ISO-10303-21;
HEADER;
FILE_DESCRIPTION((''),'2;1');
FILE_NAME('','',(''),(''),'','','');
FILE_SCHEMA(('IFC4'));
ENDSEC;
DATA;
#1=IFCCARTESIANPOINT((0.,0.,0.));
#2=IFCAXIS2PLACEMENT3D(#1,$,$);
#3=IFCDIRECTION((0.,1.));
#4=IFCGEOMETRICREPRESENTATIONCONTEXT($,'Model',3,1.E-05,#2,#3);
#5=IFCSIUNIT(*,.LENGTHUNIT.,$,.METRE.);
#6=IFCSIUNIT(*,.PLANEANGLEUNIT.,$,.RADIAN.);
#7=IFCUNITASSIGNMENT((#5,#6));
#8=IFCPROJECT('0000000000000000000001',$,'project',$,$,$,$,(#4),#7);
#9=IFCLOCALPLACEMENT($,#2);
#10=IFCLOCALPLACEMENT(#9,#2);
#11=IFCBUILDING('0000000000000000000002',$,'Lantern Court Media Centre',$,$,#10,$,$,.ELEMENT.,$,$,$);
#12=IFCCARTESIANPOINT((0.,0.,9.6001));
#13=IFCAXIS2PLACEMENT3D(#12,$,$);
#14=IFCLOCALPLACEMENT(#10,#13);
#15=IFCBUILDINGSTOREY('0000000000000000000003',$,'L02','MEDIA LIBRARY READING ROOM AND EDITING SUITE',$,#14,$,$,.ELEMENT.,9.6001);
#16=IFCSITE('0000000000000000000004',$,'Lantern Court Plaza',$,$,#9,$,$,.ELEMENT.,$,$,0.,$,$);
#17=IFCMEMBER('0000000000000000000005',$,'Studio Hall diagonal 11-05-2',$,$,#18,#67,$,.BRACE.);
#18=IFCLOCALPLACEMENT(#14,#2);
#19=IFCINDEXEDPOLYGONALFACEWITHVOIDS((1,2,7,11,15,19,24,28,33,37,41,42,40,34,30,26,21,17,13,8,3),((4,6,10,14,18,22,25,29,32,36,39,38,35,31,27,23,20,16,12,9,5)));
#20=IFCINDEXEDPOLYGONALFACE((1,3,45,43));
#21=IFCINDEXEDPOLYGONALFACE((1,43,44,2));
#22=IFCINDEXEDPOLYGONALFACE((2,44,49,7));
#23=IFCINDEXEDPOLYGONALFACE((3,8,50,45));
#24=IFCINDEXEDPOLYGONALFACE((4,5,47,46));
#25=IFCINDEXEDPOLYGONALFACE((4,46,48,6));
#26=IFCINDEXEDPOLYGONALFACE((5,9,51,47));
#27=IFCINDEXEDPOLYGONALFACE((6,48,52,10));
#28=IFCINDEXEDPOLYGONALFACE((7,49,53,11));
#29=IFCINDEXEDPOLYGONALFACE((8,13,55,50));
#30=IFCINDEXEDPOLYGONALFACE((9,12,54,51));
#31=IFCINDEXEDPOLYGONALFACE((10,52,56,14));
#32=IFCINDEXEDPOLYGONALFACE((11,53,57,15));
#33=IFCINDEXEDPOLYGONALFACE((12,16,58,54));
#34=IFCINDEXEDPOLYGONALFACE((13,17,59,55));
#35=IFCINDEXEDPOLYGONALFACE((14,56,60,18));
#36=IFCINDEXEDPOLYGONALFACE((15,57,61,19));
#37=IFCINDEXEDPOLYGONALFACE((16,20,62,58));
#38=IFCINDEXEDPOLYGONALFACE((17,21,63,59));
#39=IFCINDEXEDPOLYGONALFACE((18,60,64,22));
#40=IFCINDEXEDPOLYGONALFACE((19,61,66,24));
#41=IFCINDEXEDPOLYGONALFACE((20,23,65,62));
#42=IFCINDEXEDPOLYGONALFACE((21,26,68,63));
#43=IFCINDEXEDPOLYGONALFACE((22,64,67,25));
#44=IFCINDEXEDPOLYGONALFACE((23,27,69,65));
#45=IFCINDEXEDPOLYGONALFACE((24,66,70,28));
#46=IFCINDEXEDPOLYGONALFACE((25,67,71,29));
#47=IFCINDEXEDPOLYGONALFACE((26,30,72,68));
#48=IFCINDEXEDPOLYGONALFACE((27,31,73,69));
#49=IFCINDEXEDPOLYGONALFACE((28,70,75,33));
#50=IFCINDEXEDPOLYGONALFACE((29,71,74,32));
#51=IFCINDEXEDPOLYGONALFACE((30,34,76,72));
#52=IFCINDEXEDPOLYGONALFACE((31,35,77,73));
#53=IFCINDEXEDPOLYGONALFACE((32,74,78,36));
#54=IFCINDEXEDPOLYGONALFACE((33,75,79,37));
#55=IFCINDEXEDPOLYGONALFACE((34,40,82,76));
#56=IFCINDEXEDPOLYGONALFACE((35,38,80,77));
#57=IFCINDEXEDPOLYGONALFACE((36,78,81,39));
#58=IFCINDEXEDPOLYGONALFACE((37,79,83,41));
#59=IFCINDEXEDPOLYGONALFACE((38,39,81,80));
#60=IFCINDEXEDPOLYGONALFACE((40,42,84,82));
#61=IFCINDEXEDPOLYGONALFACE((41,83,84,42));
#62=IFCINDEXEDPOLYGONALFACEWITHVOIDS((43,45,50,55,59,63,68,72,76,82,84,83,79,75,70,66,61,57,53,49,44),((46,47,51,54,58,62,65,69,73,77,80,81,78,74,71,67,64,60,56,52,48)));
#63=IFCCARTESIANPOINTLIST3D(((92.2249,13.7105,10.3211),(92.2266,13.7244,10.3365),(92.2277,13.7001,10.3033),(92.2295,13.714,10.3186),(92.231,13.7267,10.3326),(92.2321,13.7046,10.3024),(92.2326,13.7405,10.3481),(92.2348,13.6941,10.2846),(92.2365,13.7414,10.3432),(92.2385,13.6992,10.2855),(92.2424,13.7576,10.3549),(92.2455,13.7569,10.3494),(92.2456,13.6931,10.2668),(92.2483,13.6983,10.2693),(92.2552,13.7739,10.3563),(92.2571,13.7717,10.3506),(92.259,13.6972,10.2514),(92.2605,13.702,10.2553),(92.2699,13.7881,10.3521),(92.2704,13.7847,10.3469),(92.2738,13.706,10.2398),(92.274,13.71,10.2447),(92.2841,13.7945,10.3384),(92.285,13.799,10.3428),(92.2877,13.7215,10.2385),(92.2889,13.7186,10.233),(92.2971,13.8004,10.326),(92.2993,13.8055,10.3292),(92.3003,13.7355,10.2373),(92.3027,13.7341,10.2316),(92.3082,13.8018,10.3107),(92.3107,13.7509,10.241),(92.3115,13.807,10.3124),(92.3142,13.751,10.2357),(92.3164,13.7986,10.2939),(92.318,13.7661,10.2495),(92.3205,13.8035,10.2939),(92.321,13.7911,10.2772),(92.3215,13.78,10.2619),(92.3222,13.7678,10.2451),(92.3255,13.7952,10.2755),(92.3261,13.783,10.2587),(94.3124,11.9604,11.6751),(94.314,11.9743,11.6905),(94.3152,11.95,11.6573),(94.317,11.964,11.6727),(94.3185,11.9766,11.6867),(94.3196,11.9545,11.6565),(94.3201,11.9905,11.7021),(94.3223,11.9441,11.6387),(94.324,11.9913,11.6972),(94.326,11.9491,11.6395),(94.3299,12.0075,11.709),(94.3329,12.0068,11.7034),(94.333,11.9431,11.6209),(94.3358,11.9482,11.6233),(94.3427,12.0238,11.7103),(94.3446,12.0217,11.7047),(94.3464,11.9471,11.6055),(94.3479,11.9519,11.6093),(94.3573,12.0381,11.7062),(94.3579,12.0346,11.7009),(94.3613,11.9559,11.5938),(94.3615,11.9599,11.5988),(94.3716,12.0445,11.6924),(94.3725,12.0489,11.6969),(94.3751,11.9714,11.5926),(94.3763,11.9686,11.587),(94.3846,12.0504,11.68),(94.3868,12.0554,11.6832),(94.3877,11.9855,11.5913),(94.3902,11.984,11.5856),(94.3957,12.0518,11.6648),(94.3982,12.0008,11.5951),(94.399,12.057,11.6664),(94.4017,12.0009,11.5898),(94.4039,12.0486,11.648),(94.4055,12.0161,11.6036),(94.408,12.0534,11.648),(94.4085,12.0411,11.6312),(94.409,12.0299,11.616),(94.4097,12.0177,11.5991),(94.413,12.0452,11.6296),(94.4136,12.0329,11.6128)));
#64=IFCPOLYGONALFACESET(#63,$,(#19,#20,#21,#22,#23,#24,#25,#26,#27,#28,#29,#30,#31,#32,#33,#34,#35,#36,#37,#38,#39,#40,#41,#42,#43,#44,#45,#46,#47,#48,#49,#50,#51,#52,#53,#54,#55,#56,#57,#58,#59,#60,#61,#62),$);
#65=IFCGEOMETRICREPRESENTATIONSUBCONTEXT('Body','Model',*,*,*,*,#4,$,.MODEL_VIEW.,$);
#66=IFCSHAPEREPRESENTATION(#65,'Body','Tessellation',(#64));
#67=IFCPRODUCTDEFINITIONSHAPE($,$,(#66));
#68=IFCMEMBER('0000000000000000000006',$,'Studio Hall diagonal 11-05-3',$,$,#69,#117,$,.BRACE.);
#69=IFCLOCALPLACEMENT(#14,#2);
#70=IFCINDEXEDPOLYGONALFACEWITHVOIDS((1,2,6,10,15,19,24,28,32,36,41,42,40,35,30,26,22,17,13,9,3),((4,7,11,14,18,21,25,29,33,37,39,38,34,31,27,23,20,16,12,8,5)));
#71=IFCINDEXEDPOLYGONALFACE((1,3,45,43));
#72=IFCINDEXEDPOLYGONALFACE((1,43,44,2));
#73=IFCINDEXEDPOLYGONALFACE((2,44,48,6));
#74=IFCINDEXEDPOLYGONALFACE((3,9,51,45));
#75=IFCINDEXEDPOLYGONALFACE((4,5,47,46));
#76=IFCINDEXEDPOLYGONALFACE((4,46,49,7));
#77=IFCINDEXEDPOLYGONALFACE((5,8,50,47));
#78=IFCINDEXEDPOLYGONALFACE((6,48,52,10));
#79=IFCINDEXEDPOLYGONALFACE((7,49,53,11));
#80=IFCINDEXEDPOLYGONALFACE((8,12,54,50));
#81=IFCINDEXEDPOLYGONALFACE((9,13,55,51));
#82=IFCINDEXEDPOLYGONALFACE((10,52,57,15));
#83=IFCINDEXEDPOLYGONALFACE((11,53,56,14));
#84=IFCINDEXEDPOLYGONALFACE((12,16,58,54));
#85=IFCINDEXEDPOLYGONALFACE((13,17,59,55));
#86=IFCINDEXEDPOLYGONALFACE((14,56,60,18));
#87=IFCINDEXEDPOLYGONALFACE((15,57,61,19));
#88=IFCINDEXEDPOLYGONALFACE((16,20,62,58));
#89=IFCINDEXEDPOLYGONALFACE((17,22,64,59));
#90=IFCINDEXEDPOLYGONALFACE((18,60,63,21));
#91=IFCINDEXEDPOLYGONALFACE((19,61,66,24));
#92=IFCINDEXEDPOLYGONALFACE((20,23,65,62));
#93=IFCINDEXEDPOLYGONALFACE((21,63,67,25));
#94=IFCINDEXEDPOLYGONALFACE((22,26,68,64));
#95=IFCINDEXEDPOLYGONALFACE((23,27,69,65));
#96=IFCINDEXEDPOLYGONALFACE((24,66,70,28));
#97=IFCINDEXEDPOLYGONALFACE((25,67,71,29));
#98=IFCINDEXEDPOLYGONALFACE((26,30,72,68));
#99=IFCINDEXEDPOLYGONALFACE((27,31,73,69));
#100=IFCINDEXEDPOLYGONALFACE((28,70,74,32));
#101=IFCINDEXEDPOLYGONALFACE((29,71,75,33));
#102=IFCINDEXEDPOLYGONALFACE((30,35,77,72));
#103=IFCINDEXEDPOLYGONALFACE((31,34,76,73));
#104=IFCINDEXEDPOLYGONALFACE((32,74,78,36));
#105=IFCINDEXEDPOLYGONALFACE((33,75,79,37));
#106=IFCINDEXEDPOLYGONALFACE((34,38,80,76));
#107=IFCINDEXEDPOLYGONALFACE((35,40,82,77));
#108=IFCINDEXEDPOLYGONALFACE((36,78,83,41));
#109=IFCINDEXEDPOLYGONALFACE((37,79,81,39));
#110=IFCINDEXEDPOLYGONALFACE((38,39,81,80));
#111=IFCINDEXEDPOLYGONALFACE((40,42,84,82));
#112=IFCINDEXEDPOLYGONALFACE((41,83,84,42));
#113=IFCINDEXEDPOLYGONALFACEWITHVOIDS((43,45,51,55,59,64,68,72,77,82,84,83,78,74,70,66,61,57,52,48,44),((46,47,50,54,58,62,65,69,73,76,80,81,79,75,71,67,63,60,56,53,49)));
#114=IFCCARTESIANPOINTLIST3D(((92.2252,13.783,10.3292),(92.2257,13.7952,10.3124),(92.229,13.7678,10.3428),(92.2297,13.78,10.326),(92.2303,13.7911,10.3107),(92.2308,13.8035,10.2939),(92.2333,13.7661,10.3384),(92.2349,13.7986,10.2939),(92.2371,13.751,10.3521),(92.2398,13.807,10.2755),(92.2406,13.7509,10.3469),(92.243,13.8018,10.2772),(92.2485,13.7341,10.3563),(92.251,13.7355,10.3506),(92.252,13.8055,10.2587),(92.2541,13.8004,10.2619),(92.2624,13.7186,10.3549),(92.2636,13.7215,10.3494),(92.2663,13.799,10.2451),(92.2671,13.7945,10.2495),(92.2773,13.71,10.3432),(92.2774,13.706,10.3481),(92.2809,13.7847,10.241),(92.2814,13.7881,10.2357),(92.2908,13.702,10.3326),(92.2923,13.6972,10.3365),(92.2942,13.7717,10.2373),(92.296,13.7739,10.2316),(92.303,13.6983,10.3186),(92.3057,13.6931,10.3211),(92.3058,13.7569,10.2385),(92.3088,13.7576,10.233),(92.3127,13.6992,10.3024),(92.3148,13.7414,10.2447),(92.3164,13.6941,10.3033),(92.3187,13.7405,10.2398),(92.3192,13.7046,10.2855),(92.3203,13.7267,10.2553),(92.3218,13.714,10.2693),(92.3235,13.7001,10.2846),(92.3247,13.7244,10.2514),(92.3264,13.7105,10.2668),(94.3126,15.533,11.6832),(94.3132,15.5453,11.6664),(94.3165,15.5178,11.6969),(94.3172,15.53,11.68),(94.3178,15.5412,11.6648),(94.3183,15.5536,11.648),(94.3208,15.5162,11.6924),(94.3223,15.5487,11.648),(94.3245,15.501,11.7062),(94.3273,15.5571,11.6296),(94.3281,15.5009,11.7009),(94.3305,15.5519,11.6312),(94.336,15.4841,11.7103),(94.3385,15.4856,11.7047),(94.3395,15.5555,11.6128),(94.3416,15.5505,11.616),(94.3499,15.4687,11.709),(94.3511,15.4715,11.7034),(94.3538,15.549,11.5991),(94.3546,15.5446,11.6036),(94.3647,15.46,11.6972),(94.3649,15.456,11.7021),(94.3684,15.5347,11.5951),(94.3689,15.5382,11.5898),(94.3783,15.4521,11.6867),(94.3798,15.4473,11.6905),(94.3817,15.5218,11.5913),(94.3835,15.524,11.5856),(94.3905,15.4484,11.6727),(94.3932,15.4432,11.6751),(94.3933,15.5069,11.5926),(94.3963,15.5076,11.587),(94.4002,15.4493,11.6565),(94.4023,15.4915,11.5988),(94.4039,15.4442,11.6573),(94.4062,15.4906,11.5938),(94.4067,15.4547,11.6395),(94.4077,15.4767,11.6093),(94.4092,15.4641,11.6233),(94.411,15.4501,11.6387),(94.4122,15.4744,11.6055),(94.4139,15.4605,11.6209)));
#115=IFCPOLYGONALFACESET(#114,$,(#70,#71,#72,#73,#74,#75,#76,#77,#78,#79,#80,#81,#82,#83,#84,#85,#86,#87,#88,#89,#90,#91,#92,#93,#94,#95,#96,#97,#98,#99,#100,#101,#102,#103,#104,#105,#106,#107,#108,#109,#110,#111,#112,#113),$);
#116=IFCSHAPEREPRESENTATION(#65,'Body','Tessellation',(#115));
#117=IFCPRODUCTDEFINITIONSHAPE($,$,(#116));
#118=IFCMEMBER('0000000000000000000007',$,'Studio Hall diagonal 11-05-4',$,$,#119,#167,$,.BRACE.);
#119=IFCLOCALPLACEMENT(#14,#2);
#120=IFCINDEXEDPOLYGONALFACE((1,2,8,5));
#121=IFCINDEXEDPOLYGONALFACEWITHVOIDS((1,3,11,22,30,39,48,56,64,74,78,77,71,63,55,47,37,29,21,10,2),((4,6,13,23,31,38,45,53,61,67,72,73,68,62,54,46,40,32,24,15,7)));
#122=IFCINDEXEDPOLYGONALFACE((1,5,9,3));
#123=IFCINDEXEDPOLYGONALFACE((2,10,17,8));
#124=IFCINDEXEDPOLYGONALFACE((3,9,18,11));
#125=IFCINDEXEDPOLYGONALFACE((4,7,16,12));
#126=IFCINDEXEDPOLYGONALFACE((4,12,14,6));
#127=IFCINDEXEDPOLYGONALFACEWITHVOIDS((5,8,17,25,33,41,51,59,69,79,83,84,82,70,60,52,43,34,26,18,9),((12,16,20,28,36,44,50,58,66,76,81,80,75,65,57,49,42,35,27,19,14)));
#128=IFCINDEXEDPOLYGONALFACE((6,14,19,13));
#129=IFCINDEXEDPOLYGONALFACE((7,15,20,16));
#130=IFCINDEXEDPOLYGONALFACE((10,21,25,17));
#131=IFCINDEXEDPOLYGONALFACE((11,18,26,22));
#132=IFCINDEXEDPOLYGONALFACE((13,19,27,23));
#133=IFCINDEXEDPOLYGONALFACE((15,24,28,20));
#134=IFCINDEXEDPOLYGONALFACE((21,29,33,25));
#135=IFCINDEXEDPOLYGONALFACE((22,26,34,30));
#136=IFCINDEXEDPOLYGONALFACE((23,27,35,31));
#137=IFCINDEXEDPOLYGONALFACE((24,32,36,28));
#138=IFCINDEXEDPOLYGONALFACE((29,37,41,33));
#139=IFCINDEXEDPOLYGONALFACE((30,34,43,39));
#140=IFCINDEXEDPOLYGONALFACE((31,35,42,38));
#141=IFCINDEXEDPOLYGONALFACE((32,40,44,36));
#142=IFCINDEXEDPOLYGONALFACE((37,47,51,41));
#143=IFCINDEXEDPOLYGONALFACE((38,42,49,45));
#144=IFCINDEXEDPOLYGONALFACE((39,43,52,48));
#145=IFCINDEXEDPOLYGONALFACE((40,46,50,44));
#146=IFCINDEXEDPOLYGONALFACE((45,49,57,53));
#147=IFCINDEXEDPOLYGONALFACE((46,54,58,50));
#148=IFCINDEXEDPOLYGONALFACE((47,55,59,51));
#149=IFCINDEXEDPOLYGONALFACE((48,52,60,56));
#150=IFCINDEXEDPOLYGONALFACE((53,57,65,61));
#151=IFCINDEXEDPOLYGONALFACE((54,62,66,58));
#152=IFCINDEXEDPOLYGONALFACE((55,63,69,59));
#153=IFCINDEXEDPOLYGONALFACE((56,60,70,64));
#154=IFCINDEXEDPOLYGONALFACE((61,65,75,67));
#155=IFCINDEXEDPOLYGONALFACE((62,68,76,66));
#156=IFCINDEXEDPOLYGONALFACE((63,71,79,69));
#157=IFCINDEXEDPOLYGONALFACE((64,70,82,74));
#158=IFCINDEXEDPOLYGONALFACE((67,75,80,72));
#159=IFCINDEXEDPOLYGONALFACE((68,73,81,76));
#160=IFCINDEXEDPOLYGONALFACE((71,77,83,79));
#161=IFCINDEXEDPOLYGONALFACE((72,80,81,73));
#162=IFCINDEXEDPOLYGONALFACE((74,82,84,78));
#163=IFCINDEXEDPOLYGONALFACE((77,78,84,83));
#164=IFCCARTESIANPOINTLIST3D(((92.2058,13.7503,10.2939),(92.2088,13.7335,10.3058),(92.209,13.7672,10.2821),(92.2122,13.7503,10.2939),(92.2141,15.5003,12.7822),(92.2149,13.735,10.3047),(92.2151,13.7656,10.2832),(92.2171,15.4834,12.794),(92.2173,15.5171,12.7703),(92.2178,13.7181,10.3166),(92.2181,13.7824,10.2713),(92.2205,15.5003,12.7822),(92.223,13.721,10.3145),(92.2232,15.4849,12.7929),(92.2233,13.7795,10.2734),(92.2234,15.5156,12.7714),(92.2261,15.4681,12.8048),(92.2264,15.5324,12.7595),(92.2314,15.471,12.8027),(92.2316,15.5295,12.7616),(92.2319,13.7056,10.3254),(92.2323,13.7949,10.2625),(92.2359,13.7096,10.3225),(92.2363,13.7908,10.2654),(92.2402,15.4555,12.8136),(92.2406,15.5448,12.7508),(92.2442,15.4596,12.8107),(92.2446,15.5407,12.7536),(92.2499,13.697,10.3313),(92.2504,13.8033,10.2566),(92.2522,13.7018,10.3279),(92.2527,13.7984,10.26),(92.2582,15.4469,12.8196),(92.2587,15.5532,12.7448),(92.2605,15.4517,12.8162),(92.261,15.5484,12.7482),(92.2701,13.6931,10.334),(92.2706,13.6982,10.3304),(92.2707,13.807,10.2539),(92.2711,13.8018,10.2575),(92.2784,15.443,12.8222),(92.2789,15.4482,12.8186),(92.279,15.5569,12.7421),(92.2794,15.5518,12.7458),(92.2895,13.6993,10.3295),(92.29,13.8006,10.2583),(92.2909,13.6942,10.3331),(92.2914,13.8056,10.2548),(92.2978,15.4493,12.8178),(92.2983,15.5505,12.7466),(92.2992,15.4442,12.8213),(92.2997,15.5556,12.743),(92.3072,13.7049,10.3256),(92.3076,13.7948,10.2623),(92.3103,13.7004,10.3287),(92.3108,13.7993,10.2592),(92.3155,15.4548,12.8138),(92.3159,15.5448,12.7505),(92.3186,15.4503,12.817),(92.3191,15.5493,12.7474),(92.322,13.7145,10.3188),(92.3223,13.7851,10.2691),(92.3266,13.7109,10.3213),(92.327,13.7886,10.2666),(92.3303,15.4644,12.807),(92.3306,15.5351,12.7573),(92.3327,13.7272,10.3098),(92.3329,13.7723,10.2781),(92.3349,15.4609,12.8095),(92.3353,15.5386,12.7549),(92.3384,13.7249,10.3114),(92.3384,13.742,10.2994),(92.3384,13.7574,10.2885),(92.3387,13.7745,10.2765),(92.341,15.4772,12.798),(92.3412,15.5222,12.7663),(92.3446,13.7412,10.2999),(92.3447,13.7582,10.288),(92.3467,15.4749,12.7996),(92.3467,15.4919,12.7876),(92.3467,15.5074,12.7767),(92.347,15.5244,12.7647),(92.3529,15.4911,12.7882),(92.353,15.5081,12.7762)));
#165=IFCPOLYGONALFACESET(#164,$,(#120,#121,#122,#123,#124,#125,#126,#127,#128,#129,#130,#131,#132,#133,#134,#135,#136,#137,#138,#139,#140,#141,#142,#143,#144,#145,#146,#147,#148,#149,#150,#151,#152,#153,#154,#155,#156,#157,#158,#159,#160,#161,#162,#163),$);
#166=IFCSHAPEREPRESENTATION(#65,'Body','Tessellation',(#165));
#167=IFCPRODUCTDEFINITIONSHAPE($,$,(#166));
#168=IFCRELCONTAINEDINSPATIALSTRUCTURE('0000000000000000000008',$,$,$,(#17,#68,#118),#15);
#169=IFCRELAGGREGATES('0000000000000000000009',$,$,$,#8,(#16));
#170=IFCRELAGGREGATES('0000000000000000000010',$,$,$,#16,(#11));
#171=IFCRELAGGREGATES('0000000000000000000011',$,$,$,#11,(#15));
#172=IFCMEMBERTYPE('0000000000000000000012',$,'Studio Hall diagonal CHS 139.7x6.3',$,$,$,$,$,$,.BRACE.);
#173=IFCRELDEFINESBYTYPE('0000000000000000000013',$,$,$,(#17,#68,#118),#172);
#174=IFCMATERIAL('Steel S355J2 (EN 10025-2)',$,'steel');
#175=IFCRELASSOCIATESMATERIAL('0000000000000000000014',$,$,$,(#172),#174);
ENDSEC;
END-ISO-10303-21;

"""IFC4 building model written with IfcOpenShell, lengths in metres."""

from ifc_helpers import new_model, si_unit, direction, frame, origin, origin_2d, place, context, subcontext, project, spatial, hollow_circle, extrude, material, material_profile, profile_set, type_object, element, save


model = new_model("IFC4")

# Units and contexts
model_context = context("Model", 3, precision=1e-05, world=origin(), true_north=direction((0.0, 1.0)))
body_context = subcontext(model_context, "Body", "Model", "MODEL_VIEW")
ifc_project = project(units=[si_unit("LENGTHUNIT", "METRE"), si_unit("PLANEANGLEUNIT", "RADIAN")], contexts=[model_context])

# Site, building, storey
site_placement = place(None, origin())
site = spatial("IfcSite", under=ifc_project, at=site_placement, Name="Lantern Court Plaza", CompositionType="ELEMENT", RefElevation=0.0)
building_placement = place(site_placement, origin())
building = spatial("IfcBuilding", under=site, at=building_placement, Name="Lantern Court Media Centre", CompositionType="ELEMENT")
storey_placement = place(building_placement, frame((0.0, 0.0, 9.6001)))
storey = spatial("IfcBuildingStorey", under=building, at=storey_placement, Name="L02", Description="MEDIA LIBRARY READING ROOM AND EDITING SUITE", CompositionType="ELEMENT", Elevation=9.6001)

# Members
ifc_material_1 = material(Name="Steel S355J2 (EN 10025-2)", Category="steel")
ifc_material_profile_1 = material_profile(ifc_material_1, hollow_circle(Radius=0.0698, WallThickness=0.0063, at=origin_2d()), Name="Studio Hall diagonal CHS 139.7x6.3")
ifc_profile_set_1 = profile_set([ifc_material_profile_1], Name="Steel S355J2 (EN 10025-2)")
member_type_1 = type_object("IfcMemberType", Name="Studio Hall diagonal CHS 139.7x6.3", PredefinedType="BRACE", material=ifc_profile_set_1)
for number, where, z_axis, x_axis, name in (
    (1, (92.2756, 13.75, 10.2939), (0.68622, -0.575301, 0.44512), (0.642456, 0.766322, 0.0), "Studio Hall diagonal 11-05-2"),
    (2, (92.2756, 13.75, 10.2939), (0.68622, 0.575301, 0.44512), (-0.642456, 0.766322, 0.0), "Studio Hall diagonal 11-05-3"),
    (3, (92.2756, 13.75, 10.2939), (0.002729, 0.575269, 0.81796), (-0.999989, 0.004743, 0.0), "Studio Hall diagonal 11-05-4"),
):
    element("IfcMember", number, at=place(storey_placement, frame(where, z_axis=z_axis, x_axis=x_axis)), inside=storey, type_object=member_type_1, Name=name, PredefinedType="BRACE", context=body_context, shape_type="SweptSolid", body=[
        extrude(hollow_circle(Radius=0.0698, WallThickness=0.0063, at=origin_2d()), origin(), (0.0, 0.0, 1.0), 3.042),
    ])

save(model, "model.ifc")
